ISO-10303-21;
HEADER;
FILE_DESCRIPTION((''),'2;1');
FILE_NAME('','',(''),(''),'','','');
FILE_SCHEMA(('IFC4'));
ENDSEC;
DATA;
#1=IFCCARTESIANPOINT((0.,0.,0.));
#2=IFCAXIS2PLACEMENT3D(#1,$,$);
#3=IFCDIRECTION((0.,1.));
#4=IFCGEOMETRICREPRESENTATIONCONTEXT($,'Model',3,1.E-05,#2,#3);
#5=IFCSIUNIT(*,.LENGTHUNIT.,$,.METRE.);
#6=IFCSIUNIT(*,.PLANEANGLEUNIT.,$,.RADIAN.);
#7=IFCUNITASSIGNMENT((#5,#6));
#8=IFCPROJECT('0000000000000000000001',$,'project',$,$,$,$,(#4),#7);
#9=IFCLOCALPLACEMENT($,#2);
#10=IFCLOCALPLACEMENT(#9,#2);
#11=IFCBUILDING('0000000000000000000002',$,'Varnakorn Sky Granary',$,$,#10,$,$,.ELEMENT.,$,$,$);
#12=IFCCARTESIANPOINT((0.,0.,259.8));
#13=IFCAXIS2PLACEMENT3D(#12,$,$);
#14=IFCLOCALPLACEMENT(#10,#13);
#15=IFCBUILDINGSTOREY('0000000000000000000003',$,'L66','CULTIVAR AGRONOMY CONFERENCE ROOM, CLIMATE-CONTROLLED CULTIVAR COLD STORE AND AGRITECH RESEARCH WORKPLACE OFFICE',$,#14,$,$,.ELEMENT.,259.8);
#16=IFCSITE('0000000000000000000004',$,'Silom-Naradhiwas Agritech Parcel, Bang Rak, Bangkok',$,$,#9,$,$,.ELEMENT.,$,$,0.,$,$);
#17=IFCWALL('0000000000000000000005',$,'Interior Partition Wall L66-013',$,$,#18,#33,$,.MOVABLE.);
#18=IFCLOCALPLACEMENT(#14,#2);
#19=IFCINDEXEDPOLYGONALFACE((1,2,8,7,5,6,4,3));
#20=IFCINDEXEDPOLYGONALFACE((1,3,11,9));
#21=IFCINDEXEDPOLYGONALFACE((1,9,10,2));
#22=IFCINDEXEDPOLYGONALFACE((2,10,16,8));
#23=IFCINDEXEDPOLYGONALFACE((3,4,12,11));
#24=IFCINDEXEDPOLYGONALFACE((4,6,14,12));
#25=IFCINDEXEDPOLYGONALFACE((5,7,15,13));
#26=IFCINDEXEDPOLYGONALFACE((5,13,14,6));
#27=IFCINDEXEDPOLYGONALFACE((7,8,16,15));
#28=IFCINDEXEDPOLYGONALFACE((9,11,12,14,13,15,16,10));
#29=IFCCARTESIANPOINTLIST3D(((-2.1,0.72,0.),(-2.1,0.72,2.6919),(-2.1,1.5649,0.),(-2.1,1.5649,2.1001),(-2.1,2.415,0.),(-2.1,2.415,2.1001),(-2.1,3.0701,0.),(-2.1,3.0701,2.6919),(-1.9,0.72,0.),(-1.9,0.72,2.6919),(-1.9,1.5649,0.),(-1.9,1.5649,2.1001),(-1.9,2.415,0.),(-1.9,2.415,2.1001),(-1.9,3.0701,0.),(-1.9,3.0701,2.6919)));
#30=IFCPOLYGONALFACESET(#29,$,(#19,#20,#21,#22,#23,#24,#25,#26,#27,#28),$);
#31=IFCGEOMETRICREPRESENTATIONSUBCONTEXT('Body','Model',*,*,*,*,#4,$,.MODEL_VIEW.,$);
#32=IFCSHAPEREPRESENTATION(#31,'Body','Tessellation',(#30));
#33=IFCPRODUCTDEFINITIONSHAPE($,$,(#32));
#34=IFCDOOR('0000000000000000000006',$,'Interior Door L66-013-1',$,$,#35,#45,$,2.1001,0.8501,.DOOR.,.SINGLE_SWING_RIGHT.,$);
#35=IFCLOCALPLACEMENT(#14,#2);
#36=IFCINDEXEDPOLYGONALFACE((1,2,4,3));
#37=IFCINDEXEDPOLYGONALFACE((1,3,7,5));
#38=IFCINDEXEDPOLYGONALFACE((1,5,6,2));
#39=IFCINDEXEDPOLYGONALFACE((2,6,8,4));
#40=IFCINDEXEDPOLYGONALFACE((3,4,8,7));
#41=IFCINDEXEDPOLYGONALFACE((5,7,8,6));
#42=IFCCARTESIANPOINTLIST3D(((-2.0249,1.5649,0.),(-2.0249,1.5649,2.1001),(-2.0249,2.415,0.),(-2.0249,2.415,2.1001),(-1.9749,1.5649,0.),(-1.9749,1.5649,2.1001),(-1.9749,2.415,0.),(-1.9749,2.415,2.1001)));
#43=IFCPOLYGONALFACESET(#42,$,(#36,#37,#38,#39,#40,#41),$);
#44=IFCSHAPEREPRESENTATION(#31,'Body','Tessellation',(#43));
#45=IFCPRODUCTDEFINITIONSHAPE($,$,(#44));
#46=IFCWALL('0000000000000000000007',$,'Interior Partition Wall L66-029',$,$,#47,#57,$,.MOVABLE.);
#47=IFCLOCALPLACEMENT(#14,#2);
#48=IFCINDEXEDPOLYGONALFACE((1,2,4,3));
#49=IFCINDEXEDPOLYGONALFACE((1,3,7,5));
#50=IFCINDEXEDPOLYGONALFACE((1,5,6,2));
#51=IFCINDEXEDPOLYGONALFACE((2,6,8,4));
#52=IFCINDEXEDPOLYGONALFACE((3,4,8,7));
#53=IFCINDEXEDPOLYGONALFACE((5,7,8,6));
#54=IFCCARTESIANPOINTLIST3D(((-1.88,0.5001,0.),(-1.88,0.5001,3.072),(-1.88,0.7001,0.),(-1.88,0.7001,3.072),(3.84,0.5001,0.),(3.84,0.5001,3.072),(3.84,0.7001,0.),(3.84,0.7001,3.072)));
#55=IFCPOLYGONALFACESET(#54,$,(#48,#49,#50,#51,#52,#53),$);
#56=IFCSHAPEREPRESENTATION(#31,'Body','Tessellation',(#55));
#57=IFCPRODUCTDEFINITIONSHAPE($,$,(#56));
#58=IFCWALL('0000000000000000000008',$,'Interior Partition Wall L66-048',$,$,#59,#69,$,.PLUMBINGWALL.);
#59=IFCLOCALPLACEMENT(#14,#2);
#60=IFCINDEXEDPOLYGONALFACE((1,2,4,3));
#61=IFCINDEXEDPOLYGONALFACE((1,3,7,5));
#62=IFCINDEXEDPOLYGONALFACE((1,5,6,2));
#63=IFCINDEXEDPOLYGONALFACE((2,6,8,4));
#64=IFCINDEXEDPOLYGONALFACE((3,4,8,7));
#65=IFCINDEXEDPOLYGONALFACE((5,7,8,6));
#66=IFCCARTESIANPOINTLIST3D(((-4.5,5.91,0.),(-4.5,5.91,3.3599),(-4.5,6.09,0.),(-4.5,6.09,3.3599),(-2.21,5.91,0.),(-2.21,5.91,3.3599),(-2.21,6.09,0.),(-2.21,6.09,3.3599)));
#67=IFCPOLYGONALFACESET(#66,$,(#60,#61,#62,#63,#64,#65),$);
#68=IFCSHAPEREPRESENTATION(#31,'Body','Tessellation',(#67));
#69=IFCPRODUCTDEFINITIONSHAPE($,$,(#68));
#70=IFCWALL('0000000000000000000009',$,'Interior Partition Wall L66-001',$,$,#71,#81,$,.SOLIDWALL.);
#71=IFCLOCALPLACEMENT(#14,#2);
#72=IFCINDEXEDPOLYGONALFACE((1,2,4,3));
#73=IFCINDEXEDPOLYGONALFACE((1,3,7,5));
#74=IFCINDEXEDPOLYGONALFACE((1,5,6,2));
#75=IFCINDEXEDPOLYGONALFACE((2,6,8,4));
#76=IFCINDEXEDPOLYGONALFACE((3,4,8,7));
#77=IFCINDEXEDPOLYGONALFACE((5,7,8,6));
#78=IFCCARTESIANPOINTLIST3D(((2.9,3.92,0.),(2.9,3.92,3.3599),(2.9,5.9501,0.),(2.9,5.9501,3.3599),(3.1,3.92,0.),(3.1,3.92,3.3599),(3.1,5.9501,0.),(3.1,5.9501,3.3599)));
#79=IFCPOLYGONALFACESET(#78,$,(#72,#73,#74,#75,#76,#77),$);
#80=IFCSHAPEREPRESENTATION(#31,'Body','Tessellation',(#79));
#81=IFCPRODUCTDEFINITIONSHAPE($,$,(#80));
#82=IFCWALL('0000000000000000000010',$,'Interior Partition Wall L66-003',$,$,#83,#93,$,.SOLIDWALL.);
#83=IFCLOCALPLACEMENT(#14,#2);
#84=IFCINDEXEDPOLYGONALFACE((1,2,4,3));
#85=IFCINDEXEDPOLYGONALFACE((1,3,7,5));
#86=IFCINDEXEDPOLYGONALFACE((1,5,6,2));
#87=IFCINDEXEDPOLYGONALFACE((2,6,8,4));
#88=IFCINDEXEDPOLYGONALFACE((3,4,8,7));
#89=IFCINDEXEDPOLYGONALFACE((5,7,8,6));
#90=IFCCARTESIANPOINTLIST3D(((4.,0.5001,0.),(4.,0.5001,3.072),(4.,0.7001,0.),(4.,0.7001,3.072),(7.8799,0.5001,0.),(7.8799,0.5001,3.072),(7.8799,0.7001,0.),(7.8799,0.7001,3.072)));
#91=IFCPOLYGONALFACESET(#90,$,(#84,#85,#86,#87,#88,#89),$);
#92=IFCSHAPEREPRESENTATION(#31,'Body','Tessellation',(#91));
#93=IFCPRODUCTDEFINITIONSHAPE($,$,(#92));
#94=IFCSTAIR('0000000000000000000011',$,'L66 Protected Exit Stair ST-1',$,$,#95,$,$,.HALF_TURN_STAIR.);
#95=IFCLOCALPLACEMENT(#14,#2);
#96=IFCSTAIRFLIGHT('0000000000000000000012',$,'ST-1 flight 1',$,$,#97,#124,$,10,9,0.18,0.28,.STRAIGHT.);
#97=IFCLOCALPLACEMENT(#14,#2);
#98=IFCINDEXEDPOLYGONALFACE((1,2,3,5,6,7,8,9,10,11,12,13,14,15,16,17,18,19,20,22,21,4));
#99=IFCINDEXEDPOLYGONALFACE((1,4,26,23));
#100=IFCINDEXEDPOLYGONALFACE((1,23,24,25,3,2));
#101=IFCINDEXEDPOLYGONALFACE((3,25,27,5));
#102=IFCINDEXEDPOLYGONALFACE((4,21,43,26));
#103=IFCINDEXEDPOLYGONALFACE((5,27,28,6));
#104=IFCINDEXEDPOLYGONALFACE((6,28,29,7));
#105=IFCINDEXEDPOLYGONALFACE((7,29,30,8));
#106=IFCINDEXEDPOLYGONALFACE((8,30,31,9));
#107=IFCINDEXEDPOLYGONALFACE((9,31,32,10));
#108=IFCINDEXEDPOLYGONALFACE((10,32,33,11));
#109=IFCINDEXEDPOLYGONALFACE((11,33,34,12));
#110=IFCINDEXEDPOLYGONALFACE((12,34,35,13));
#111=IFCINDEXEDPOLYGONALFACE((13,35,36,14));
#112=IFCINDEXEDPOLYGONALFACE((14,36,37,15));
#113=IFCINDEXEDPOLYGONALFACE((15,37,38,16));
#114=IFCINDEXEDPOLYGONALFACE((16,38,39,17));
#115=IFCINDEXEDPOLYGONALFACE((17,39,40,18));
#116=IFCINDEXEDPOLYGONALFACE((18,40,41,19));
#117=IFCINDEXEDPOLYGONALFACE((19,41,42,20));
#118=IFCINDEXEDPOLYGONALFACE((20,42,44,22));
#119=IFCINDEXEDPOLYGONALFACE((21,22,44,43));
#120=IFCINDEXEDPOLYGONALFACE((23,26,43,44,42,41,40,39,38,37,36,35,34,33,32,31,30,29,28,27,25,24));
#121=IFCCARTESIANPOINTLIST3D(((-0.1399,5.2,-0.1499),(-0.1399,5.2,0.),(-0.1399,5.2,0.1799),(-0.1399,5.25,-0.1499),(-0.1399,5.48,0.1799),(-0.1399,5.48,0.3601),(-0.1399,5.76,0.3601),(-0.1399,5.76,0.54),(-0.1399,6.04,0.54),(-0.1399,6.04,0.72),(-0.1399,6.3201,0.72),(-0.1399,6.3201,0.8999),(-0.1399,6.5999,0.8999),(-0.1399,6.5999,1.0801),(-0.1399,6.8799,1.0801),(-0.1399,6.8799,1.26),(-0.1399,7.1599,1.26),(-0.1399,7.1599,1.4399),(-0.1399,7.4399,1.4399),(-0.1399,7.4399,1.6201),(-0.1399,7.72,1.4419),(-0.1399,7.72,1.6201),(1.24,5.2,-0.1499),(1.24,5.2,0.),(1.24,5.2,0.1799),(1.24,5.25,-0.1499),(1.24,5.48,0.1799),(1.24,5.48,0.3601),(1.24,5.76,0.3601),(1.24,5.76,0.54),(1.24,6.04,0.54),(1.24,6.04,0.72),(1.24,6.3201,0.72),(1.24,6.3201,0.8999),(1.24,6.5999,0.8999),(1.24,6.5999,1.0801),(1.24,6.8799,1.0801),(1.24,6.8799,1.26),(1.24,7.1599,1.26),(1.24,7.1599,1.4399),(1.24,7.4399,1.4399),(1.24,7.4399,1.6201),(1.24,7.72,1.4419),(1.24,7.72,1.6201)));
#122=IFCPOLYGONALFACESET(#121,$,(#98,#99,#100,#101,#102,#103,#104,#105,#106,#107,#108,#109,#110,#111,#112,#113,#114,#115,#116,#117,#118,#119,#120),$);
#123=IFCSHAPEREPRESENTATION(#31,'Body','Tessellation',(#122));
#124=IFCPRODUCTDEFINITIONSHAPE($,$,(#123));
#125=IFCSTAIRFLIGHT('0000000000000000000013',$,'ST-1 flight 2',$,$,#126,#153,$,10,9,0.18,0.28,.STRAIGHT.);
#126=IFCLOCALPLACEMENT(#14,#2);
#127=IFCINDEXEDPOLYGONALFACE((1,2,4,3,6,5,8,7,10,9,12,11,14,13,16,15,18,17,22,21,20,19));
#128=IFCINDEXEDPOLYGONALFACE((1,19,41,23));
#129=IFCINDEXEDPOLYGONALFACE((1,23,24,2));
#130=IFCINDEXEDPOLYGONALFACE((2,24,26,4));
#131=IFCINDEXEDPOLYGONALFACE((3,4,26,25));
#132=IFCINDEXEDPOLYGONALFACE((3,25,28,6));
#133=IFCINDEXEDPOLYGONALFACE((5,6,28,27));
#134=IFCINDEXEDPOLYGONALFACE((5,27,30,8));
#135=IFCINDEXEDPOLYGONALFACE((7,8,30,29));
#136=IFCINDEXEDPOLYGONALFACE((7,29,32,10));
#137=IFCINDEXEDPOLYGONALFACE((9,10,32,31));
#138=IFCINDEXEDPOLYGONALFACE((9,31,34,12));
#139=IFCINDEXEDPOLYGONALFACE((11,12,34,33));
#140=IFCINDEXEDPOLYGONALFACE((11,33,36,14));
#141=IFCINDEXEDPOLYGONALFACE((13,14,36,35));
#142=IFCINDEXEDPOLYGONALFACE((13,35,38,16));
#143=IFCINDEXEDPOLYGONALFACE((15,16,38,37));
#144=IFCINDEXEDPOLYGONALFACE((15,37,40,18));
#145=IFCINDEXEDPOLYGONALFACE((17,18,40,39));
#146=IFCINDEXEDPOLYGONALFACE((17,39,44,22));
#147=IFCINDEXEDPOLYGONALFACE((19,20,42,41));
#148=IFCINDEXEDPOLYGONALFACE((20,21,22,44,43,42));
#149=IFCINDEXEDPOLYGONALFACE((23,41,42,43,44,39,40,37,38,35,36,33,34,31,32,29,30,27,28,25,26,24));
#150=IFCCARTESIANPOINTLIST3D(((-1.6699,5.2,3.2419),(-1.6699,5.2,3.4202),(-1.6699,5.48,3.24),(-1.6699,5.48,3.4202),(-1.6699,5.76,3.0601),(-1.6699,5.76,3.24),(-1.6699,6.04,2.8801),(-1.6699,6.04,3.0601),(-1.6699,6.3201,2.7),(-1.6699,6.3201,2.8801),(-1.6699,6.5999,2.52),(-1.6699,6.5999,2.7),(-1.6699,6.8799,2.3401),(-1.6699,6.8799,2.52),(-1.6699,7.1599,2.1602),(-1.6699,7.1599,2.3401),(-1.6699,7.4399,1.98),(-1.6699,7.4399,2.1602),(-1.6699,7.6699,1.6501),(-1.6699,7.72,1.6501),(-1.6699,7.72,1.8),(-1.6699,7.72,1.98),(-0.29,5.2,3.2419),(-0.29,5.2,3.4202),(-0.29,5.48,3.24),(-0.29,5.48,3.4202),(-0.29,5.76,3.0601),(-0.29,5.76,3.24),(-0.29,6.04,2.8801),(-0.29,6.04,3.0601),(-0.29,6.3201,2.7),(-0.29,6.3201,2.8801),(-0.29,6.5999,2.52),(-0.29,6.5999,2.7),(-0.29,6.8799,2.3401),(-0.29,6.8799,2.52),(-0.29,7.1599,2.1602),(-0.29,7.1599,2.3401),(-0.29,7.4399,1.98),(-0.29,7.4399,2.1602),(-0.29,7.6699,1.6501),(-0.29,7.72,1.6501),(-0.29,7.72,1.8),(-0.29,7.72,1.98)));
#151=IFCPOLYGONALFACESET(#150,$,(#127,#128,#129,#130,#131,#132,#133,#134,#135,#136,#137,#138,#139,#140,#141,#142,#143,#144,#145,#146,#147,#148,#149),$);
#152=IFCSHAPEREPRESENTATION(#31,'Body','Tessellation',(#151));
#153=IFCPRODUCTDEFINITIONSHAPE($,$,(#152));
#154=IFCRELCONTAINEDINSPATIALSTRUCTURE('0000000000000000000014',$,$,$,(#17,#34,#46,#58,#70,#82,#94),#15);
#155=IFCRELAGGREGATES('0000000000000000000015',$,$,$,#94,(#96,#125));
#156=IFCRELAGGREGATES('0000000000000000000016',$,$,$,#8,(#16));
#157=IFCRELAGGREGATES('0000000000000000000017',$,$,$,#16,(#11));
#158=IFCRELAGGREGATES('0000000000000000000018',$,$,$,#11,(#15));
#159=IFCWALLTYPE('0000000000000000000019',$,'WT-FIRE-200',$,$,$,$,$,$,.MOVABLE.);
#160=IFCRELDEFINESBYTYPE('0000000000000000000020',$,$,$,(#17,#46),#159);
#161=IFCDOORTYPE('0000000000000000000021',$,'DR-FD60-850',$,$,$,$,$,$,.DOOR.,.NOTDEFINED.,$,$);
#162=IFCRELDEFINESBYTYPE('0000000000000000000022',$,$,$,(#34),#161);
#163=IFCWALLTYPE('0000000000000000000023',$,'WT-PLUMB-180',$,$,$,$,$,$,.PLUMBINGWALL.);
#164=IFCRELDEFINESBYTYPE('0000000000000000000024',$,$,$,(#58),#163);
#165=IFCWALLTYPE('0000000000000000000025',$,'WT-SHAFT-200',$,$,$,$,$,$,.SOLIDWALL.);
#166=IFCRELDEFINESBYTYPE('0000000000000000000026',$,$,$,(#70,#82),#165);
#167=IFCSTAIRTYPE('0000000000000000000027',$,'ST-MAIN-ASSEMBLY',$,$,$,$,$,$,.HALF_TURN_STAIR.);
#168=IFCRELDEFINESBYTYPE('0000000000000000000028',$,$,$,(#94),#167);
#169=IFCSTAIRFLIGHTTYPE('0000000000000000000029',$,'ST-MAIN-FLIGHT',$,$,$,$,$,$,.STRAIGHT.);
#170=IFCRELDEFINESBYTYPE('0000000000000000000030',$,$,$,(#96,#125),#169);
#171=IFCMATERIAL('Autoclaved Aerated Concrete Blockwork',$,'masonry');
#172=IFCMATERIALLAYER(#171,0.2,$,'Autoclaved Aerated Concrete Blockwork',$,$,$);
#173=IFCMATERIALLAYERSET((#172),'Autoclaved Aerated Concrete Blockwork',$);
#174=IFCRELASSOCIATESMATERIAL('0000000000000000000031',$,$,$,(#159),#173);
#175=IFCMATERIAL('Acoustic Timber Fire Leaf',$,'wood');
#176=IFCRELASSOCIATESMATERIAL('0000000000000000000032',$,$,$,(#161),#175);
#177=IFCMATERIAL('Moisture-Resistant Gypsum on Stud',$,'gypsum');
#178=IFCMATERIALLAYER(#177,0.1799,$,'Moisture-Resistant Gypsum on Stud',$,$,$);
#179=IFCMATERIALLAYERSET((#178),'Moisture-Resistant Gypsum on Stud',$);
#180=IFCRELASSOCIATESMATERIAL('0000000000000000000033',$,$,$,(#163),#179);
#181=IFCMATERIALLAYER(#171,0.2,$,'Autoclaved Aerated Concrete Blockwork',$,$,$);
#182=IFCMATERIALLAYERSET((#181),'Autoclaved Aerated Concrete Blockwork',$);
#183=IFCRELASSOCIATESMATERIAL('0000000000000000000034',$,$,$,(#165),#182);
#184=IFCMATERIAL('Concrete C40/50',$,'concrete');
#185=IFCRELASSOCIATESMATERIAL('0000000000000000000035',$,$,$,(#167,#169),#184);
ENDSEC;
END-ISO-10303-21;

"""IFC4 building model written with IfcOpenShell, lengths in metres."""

from ifc_helpers import new_model, si_unit, direction, frame, frame_2d, origin, place, context, subcontext, project, spatial, polyline, rectangle, outline, extrude, material, layer, layer_set, type_object, element, fill, aggregate, save


model = new_model("IFC4")

# Units and contexts
model_context = context("Model", 3, precision=1e-05, world=origin(), true_north=direction((0.0, 1.0)))
body_context = subcontext(model_context, "Body", "Model", "MODEL_VIEW")
ifc_project = project(units=[si_unit("LENGTHUNIT", "METRE"), si_unit("PLANEANGLEUNIT", "RADIAN")], contexts=[model_context])

# Site, building, storey
site_placement = place(None, origin())
site = spatial("IfcSite", under=ifc_project, at=site_placement, Name="Silom-Naradhiwas Agritech Parcel, Bang Rak, Bangkok", CompositionType="ELEMENT", RefElevation=0.0)
building_placement = place(site_placement, origin())
building = spatial("IfcBuilding", under=site, at=building_placement, Name="Varnakorn Sky Granary", CompositionType="ELEMENT")
storey_placement = place(building_placement, frame((0.0, 0.0, 259.8)))
storey = spatial("IfcBuildingStorey", under=building, at=storey_placement, Name="L66", Description="CULTIVAR AGRONOMY CONFERENCE ROOM, CLIMATE-CONTROLLED CULTIVAR COLD STORE AND AGRITECH RESEARCH WORKPLACE OFFICE", CompositionType="ELEMENT", Elevation=259.8)

# Shared definitions
ifc_material_1 = material(Name="Autoclaved Aerated Concrete Blockwork", Category="masonry")
ifc_layer_1 = layer(ifc_material_1, 0.2, Name="Autoclaved Aerated Concrete Blockwork")
ifc_layer_set_1 = layer_set([ifc_layer_1], Name="Autoclaved Aerated Concrete Blockwork")
wall_type_1 = type_object("IfcWallType", Name="WT-FIRE-200", PredefinedType="MOVABLE", material=ifc_layer_set_1)
ifc_material_2 = material(Name="Acoustic Timber Fire Leaf", Category="wood")
door_type_1 = type_object("IfcDoorType", Name="DR-FD60-850", OperationType="NOTDEFINED", PredefinedType="DOOR", material=ifc_material_2)

# Wall, opening, door
wall_1_placement = place(storey_placement, frame((-2.0, 0.72, 0.0), z_axis=(0.0, 0.0, 1.0), x_axis=(0.0, 1.0, 0.0)))
wall_1 = element("IfcWall", 1, at=wall_1_placement, inside=storey, type_object=wall_type_1, Name="Interior Partition Wall L66-013", PredefinedType="MOVABLE", context=body_context, shape_type="SweptSolid", body=[
    extrude(rectangle(XDim=2.3501, YDim=0.2, at=frame_2d((1.175, 0.0))), origin(), (0.0, 0.0, 1.0), 2.6919),
])
opening_1_placement = place(wall_1_placement, frame((0.845, 0.0, 0.0)))
opening_1 = element("IfcOpeningElement", 2, at=opening_1_placement, cuts=wall_1, PredefinedType="OPENING", context=body_context, shape_type="SweptSolid", body=[
    extrude(rectangle(XDim=0.8501, YDim=2.1001, at=frame_2d((0.425, 1.05))), frame((0.0, 0.1099, 0.0), z_axis=(0.0, -1.0, 0.0), x_axis=(1.0, 0.0, 0.0)), (0.0, 0.0, 1.0), 0.22),
])
door_1_placement = place(opening_1_placement, origin())
door_1 = element("IfcDoor", 3, at=door_1_placement, inside=storey, type_object=door_type_1, Name="Interior Door L66-013-1", OperationType="SINGLE_SWING_RIGHT", OverallHeight=2.1001, OverallWidth=0.8501, PredefinedType="DOOR", context=body_context, shape_type="SweptSolid", body=[
    extrude(rectangle(XDim=0.8501, YDim=2.1001, at=frame_2d((0.425, 1.05))), frame((0.0, 0.0249, 0.0), z_axis=(0.0, -1.0, 0.0), x_axis=(1.0, 0.0, 0.0)), (0.0, 0.0, 1.0), 0.05),
])
fill(opening_1, door_1)

# Walls
wall_2_placement = place(storey_placement, frame((-1.8799, 0.6001, 0.0), z_axis=(0.0, 0.0, 1.0), x_axis=(1.0, 0.0, 0.0)))
element("IfcWall", 4, at=wall_2_placement, inside=storey, type_object=wall_type_1, Name="Interior Partition Wall L66-029", PredefinedType="MOVABLE", context=body_context, shape_type="SweptSolid", body=[
    extrude(rectangle(XDim=5.72, YDim=0.2, at=frame_2d((2.8599, 0.0))), origin(), (0.0, 0.0, 1.0), 3.072),
])
ifc_material_3 = material(Name="Moisture-Resistant Gypsum on Stud", Category="gypsum")
ifc_layer_2 = layer(ifc_material_3, 0.1799, Name="Moisture-Resistant Gypsum on Stud")
ifc_layer_set_2 = layer_set([ifc_layer_2], Name="Moisture-Resistant Gypsum on Stud")
wall_type_2 = type_object("IfcWallType", Name="WT-PLUMB-180", PredefinedType="PLUMBINGWALL", material=ifc_layer_set_2)
wall_3_placement = place(storey_placement, frame((-2.21, 6.0, 0.0), z_axis=(0.0, 0.0, 1.0), x_axis=(-1.0, 0.0, 0.0)))
element("IfcWall", 5, at=wall_3_placement, inside=storey, type_object=wall_type_2, Name="Interior Partition Wall L66-048", PredefinedType="PLUMBINGWALL", context=body_context, shape_type="SweptSolid", body=[
    extrude(rectangle(XDim=2.29, YDim=0.1799, at=frame_2d((1.145, 0.0))), origin(), (0.0, 0.0, 1.0), 3.3599),
])
ifc_layer_3 = layer(ifc_material_1, 0.2, Name="Autoclaved Aerated Concrete Blockwork")
ifc_layer_set_3 = layer_set([ifc_layer_3], Name="Autoclaved Aerated Concrete Blockwork")
wall_type_3 = type_object("IfcWallType", Name="WT-SHAFT-200", PredefinedType="SOLIDWALL", material=ifc_layer_set_3)
wall_4_placement = place(storey_placement, frame((3.0, 3.9199, 0.0), z_axis=(0.0, 0.0, 1.0), x_axis=(0.0, 1.0, 0.0)))
element("IfcWall", 6, at=wall_4_placement, inside=storey, type_object=wall_type_3, Name="Interior Partition Wall L66-001", PredefinedType="SOLIDWALL", context=body_context, shape_type="SweptSolid", body=[
    extrude(rectangle(XDim=2.03, YDim=0.2, at=frame_2d((1.0151, 0.0))), origin(), (0.0, 0.0, 1.0), 3.3599),
])
wall_5_placement = place(storey_placement, frame((4.0, 0.6001, 0.0), z_axis=(0.0, 0.0, 1.0), x_axis=(1.0, 0.0, 0.0)))
element("IfcWall", 7, at=wall_5_placement, inside=storey, type_object=wall_type_3, Name="Interior Partition Wall L66-003", PredefinedType="SOLIDWALL", context=body_context, shape_type="SweptSolid", body=[
    extrude(rectangle(XDim=3.8799, YDim=0.2, at=frame_2d((1.9399, 0.0))), origin(), (0.0, 0.0, 1.0), 3.072),
])

# Stair, stair flights
ifc_material_4 = material(Name="Concrete C40/50", Category="concrete")
stair_type = type_object("IfcStairType", Name="ST-MAIN-ASSEMBLY", PredefinedType="HALF_TURN_STAIR", material=ifc_material_4)
stair_placement = place(storey_placement, origin())
stair = element("IfcStair", 8, at=stair_placement, inside=storey, type_object=stair_type, Name="L66 Protected Exit Stair ST-1", PredefinedType="HALF_TURN_STAIR")
stair_flight_type = type_object("IfcStairFlightType", Name="ST-MAIN-FLIGHT", PredefinedType="STRAIGHT", material=ifc_material_4)
stair_flight_1_placement = place(storey_placement, frame((0.55, 5.2, 0.0), z_axis=(0.0, 0.0, 1.0), x_axis=(0.0, 1.0, 0.0)))
stair_flight_1 = element("IfcStairFlight", 9, at=stair_flight_1_placement, type_object=stair_flight_type, Name="ST-1 flight 1", NumberOfRisers=10, NumberOfTreads=9, PredefinedType="STRAIGHT", RiserHeight=0.18, TreadLength=0.28, context=body_context, shape_type="SweptSolid", body=[
    extrude(outline(polyline([(0.0, -0.1499), (0.0, 0.0), (0.0, 0.1799), (0.28, 0.1799), (0.28, 0.3601), (0.5601, 0.3601), (0.5601, 0.54), (0.8401, 0.54), (0.8401, 0.72), (1.1201, 0.72), (1.1201, 0.8999), (1.3999, 0.8999), (1.3999, 1.0801), (1.6799, 1.0801), (1.6799, 1.26), (1.96, 1.26), (1.96, 1.4399), (2.24, 1.4399), (2.24, 1.6201), (2.52, 1.6201), (2.52, 1.8), (2.52, 1.4419), (0.05, -0.1499), (0.0, -0.1499)])), frame((0.0, 0.6899, 0.0), z_axis=(0.0, -1.0, 0.0), x_axis=(1.0, 0.0, 0.0)), (0.0, 0.0, 1.0), 1.3799),
])
stair_flight_2_placement = place(storey_placement, frame((-0.98, 7.72, 1.8), z_axis=(0.0, 0.0, 1.0), x_axis=(0.0, -1.0, 0.0)))
stair_flight_2 = element("IfcStairFlight", 10, at=stair_flight_2_placement, type_object=stair_flight_type, Name="ST-1 flight 2", NumberOfRisers=10, NumberOfTreads=9, PredefinedType="STRAIGHT", RiserHeight=0.18, TreadLength=0.28, context=body_context, shape_type="SweptSolid", body=[
    extrude(outline(polyline([(0.0, -0.1499), (0.0, 0.0), (0.0, 0.1799), (0.28, 0.1799), (0.28, 0.3601), (0.5601, 0.3601), (0.5601, 0.54), (0.8401, 0.54), (0.8401, 0.72), (1.1201, 0.72), (1.1201, 0.8999), (1.3999, 0.8999), (1.3999, 1.0801), (1.6799, 1.0801), (1.6799, 1.26), (1.96, 1.26), (1.96, 1.4399), (2.24, 1.4399), (2.24, 1.6201), (2.52, 1.6201), (2.52, 1.8), (2.52, 1.4419), (0.05, -0.1499), (0.0, -0.1499)])), frame((0.0, 0.6899, 0.0), z_axis=(0.0, -1.0, 0.0), x_axis=(1.0, 0.0, 0.0)), (0.0, 0.0, 1.0), 1.3799),
])
aggregate(stair, [stair_flight_1, stair_flight_2])

save(model, "model.ifc")
